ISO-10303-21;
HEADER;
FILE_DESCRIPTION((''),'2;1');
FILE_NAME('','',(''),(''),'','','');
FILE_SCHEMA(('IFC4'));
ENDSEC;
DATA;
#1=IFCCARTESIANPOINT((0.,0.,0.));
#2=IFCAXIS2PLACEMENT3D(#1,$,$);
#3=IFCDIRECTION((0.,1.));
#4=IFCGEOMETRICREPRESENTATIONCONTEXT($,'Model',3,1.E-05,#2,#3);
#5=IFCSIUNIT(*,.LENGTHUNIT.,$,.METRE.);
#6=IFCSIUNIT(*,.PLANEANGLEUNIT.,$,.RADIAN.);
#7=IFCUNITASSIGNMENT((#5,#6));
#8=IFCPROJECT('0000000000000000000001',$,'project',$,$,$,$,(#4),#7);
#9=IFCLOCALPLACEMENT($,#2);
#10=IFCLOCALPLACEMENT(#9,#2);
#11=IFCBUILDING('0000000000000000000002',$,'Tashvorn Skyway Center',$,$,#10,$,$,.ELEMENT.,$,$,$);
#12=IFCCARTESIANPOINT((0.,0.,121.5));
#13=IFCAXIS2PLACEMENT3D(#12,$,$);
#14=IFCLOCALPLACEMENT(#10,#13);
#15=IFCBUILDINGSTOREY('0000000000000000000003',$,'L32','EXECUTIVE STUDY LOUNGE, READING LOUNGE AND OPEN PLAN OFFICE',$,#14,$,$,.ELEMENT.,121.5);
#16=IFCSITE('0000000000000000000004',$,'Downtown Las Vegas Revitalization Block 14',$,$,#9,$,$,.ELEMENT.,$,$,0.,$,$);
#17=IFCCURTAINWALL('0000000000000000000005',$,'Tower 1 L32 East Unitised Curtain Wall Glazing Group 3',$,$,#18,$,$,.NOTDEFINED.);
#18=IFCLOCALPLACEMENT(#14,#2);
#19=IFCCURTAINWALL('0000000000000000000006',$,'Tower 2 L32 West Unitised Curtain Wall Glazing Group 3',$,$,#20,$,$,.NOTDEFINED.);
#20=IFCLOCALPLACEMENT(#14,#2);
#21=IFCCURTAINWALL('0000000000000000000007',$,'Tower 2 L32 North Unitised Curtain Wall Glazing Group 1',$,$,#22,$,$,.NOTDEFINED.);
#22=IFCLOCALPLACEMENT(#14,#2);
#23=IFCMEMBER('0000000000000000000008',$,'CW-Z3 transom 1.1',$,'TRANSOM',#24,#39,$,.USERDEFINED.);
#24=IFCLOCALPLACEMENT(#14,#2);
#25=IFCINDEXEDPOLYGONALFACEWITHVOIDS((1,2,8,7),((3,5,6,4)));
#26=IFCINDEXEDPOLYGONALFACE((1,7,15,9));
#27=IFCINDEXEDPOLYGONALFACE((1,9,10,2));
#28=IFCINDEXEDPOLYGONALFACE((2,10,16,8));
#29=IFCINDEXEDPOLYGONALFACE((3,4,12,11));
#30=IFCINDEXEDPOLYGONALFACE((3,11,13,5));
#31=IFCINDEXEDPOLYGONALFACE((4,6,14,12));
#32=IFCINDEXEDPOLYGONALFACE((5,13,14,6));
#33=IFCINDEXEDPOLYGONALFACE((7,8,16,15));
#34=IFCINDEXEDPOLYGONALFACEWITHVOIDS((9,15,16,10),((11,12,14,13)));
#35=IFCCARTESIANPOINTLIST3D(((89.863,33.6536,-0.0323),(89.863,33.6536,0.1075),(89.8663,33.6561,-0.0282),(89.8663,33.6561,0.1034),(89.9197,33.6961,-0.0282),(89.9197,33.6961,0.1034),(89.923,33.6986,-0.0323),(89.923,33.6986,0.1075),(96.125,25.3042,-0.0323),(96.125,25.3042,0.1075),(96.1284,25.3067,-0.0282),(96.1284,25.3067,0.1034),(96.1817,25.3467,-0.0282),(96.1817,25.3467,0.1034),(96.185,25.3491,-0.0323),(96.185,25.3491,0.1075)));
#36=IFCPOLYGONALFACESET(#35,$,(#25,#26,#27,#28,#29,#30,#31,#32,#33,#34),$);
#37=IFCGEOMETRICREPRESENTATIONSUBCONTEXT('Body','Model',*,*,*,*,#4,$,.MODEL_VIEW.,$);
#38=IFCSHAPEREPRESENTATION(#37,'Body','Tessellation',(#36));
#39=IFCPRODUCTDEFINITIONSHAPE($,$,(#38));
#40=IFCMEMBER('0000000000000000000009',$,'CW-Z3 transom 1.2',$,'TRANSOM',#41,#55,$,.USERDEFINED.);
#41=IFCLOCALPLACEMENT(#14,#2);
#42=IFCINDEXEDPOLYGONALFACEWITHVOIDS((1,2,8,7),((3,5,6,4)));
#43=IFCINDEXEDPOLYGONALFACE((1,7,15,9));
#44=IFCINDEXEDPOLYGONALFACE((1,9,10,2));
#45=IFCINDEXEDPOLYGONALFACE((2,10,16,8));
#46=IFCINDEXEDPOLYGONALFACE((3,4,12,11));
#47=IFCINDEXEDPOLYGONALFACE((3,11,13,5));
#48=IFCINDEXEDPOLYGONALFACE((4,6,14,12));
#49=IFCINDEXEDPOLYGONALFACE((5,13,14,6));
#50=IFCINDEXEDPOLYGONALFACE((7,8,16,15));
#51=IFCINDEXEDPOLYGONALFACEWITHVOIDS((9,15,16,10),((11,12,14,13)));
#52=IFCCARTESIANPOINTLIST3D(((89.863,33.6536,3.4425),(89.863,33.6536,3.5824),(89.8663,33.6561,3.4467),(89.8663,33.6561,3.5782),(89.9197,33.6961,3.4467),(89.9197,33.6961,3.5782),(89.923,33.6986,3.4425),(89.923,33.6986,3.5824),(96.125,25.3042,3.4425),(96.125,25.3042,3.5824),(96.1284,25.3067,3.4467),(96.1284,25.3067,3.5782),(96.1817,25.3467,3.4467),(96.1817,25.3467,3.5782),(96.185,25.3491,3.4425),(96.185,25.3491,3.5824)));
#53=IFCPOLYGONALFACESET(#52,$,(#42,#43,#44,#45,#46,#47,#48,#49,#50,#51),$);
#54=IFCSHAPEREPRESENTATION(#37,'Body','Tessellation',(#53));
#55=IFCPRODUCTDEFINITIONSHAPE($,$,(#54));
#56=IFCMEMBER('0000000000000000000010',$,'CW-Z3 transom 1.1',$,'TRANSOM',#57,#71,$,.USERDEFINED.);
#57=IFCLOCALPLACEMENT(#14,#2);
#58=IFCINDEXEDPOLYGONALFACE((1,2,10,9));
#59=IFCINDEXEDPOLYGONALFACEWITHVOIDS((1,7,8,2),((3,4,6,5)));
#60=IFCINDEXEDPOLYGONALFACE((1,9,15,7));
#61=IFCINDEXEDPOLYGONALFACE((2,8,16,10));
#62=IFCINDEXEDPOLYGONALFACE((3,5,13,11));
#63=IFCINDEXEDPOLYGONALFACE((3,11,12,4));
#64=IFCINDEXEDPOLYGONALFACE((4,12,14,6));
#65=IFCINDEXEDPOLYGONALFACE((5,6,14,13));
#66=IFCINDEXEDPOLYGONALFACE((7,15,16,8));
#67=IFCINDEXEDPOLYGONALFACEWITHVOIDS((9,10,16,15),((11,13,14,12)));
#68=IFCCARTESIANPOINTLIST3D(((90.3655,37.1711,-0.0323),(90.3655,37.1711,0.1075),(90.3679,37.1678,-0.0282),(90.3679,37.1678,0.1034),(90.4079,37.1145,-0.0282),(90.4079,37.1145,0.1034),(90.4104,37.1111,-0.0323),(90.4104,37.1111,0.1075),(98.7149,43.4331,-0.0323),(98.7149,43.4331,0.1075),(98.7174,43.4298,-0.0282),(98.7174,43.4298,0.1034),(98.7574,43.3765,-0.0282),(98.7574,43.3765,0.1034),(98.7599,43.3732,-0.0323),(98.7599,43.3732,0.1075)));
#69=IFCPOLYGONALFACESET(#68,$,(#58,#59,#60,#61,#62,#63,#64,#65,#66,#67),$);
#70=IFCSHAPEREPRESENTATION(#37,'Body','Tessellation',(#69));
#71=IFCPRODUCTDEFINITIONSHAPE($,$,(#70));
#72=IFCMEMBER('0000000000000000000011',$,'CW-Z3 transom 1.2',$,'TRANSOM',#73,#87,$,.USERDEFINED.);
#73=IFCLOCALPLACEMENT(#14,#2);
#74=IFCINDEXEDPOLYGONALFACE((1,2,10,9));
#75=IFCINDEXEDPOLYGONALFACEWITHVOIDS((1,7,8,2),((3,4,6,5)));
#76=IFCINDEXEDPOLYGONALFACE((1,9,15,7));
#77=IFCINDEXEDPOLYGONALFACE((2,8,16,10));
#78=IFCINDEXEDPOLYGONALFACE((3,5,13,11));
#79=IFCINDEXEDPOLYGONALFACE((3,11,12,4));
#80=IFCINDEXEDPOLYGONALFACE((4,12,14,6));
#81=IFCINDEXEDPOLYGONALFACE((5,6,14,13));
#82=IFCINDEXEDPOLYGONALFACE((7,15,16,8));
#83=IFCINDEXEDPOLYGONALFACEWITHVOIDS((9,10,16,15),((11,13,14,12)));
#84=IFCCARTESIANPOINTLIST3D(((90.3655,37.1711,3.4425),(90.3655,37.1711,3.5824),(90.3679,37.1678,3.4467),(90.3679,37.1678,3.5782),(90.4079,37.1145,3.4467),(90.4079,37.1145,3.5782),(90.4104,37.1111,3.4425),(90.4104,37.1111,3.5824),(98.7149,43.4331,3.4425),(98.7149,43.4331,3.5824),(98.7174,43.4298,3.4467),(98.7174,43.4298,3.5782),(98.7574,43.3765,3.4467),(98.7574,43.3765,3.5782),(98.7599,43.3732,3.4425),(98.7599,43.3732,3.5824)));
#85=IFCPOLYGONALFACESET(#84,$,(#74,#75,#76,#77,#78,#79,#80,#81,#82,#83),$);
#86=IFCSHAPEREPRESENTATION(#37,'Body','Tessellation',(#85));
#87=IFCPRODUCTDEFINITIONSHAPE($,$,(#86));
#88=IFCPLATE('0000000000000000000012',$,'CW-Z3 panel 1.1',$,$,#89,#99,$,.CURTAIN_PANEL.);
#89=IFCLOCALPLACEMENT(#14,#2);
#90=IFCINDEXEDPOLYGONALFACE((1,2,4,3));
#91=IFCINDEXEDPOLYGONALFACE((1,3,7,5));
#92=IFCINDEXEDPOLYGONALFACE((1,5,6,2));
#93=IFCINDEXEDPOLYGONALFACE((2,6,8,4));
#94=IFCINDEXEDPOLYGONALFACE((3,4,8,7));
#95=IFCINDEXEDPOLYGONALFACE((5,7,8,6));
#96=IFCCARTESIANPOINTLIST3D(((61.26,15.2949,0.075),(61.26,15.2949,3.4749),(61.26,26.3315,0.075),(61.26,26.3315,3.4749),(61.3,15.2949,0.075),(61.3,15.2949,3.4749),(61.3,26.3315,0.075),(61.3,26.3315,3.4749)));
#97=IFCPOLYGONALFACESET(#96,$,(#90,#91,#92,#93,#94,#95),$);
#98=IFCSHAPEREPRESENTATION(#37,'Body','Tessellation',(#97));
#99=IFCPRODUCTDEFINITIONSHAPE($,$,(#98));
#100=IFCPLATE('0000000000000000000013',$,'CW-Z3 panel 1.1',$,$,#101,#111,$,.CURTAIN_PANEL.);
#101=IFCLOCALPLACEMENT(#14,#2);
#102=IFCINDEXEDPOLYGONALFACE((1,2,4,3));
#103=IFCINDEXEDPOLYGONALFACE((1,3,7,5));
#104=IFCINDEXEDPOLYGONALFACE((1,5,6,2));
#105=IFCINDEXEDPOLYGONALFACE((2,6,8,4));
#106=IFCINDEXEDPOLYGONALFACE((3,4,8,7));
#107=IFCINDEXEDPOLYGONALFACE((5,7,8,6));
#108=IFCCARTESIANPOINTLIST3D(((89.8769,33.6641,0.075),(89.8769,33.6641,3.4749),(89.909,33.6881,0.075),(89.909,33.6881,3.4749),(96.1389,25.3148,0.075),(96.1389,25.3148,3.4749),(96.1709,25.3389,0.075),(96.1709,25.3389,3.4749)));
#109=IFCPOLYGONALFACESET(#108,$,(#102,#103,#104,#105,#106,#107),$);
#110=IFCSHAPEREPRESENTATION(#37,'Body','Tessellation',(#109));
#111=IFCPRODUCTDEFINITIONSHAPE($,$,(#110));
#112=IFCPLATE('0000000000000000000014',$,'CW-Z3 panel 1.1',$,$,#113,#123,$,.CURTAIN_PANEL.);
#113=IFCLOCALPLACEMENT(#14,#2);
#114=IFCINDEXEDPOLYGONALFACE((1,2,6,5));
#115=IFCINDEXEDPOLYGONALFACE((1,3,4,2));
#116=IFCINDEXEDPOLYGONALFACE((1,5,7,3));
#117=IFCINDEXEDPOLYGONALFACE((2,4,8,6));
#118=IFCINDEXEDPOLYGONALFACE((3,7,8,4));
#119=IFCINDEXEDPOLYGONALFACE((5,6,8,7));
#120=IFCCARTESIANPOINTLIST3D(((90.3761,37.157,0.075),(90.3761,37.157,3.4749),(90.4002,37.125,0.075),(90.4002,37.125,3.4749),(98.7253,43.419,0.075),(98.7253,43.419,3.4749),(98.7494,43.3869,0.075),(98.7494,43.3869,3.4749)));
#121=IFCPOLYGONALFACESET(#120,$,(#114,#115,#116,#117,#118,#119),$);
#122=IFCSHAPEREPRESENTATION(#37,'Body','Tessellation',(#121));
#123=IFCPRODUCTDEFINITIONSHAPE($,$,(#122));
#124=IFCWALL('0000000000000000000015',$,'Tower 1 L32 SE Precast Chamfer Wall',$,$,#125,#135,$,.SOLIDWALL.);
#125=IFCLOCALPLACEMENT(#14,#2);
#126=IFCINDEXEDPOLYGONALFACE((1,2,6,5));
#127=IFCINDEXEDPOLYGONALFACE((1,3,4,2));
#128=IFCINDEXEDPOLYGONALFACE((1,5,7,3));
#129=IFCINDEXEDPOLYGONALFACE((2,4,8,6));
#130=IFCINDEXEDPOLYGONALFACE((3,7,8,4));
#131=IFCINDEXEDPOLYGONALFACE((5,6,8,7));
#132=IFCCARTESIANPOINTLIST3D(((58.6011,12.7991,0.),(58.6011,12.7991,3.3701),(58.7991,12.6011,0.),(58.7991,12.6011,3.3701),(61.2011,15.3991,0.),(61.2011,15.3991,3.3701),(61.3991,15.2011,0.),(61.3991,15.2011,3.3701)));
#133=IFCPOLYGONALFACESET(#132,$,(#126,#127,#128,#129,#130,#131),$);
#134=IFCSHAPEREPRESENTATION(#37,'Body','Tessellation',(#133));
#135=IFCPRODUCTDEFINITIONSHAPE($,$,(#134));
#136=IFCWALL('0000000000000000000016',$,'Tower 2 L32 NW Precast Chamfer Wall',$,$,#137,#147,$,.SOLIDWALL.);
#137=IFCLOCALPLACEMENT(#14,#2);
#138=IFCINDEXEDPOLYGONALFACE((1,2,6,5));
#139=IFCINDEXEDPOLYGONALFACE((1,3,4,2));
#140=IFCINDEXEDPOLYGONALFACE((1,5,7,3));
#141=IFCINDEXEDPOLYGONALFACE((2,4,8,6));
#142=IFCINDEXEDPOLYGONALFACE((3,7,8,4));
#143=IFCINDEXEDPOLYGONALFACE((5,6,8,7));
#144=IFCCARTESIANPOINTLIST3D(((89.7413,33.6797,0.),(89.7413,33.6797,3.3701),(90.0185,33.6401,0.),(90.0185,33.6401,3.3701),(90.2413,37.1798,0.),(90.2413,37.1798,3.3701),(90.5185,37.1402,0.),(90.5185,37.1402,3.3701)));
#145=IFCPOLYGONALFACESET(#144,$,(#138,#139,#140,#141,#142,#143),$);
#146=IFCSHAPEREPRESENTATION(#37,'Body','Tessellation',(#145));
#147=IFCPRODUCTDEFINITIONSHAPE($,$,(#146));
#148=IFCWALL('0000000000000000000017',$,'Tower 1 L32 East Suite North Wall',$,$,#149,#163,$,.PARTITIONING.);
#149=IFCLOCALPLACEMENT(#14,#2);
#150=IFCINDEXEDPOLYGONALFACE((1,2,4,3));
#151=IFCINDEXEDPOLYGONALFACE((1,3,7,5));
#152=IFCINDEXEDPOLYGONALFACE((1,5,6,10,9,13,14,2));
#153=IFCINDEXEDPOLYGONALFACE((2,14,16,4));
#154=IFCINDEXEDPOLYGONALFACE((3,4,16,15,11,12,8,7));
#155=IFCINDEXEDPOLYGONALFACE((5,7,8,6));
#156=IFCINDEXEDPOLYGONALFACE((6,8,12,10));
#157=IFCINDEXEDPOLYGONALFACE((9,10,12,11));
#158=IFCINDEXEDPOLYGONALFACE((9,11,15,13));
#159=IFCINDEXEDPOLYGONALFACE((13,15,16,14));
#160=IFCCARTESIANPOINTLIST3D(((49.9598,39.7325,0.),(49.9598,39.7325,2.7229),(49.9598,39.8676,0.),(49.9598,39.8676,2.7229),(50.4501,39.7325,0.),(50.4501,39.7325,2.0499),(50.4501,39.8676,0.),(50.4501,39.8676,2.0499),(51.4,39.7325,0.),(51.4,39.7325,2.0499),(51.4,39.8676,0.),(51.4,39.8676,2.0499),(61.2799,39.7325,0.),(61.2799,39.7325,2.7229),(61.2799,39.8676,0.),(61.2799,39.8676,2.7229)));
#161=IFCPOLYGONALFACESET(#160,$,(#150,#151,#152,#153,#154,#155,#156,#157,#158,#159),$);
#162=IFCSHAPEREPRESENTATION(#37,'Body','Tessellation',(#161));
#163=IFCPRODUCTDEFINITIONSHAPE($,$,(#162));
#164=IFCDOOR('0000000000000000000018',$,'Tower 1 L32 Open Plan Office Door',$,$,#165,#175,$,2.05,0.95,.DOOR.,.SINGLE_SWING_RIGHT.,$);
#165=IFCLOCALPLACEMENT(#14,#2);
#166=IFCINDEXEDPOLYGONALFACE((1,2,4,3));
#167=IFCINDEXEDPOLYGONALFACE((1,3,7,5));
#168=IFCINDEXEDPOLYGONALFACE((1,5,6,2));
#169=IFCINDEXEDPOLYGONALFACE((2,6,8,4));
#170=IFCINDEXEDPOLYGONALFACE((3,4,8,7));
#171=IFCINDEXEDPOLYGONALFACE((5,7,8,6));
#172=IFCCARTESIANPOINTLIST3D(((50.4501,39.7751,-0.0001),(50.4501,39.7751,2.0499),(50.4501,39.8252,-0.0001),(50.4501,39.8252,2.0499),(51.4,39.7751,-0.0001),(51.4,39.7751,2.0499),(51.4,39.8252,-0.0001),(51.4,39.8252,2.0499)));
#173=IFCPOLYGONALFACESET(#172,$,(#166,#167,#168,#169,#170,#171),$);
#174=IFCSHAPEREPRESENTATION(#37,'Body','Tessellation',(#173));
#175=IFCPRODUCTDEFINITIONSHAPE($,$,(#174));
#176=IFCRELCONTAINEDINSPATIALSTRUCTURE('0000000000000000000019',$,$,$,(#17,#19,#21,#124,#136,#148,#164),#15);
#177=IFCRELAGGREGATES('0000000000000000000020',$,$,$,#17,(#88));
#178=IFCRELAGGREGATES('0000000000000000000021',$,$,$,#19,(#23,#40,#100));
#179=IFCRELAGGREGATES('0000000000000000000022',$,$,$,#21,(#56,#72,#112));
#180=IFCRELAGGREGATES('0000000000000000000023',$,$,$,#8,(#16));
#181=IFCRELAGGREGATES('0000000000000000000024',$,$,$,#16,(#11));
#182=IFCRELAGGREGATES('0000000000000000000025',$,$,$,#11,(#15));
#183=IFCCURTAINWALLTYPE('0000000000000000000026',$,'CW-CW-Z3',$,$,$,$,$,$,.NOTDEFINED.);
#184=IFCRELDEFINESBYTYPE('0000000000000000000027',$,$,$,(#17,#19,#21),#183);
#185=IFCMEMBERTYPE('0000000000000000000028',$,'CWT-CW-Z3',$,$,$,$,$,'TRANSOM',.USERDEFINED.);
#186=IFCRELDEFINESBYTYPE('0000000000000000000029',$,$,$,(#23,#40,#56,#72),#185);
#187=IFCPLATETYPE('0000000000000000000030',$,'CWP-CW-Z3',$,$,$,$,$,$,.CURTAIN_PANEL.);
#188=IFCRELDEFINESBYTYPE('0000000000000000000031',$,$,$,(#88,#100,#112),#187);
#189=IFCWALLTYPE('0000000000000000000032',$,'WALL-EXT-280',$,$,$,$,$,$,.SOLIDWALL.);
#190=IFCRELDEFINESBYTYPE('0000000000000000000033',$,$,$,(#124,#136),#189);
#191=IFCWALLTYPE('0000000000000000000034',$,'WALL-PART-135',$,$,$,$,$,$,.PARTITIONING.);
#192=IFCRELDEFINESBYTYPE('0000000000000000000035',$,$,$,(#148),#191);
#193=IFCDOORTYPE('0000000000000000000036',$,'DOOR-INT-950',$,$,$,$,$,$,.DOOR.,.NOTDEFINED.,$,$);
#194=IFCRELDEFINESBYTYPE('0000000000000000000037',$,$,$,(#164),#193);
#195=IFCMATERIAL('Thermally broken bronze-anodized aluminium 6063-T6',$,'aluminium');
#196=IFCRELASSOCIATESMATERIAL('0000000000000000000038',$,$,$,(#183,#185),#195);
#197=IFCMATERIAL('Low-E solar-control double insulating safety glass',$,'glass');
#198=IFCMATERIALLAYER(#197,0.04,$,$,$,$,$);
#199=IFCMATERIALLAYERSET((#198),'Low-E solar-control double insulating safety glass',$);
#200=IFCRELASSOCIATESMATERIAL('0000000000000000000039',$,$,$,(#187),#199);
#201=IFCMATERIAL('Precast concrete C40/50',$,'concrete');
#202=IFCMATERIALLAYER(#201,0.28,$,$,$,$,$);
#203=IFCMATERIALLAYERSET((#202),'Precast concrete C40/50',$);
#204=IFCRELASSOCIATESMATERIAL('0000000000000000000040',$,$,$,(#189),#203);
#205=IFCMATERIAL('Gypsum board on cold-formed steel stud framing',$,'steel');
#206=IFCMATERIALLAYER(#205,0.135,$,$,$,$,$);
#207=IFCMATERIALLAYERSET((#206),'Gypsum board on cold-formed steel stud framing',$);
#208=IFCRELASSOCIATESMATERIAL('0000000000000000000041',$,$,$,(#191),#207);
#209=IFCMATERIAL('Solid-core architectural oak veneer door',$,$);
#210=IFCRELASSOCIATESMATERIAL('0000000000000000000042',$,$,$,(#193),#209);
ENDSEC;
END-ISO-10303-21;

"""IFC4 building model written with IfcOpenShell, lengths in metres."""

from ifc_helpers import new_model, si_unit, direction, frame, frame_2d, origin, origin_2d, place, context, subcontext, project, spatial, rectangle, hollow_rectangle, extrude, material, layer, layer_set, material_profile, profile_set, type_object, element, fill, aggregate, save


model = new_model("IFC4")

# Units and contexts
model_context = context("Model", 3, precision=1e-05, world=origin(), true_north=direction((0.0, 1.0)))
body_context = subcontext(model_context, "Body", "Model", "MODEL_VIEW")
ifc_project = project(units=[si_unit("LENGTHUNIT", "METRE"), si_unit("PLANEANGLEUNIT", "RADIAN")], contexts=[model_context])

# Site, building, storey
site_placement = place(None, origin())
site = spatial("IfcSite", under=ifc_project, at=site_placement, Name="Downtown Las Vegas Revitalization Block 14", CompositionType="ELEMENT", RefElevation=0.0)
building_placement = place(site_placement, origin())
building = spatial("IfcBuilding", under=site, at=building_placement, Name="Tashvorn Skyway Center", CompositionType="ELEMENT")
storey_placement = place(building_placement, frame((0.0, 0.0, 121.5)))
storey = spatial("IfcBuildingStorey", under=building, at=storey_placement, Name="L32", Description="EXECUTIVE STUDY LOUNGE, READING LOUNGE AND OPEN PLAN OFFICE", CompositionType="ELEMENT", Elevation=121.5)

# Curtain walls
ifc_material_1 = material(Name="Thermally broken bronze-anodized aluminium 6063-T6", Category="aluminium")
curtain_wall_type = type_object("IfcCurtainWallType", Name="CW-CW-Z3", PredefinedType="NOTDEFINED", material=ifc_material_1)
curtain_wall_1_placement = place(storey_placement, origin())
curtain_wall_1 = element("IfcCurtainWall", 1, at=curtain_wall_1_placement, inside=storey, type_object=curtain_wall_type, Name="Tower 1 L32 East Unitised Curtain Wall Glazing Group 3", PredefinedType="NOTDEFINED")
curtain_wall_2_placement = place(storey_placement, origin())
curtain_wall_2 = element("IfcCurtainWall", 2, at=curtain_wall_2_placement, inside=storey, type_object=curtain_wall_type, Name="Tower 2 L32 West Unitised Curtain Wall Glazing Group 3", PredefinedType="NOTDEFINED")

# Curtain wall
curtain_wall_3_placement = place(storey_placement, origin())
curtain_wall_3 = element("IfcCurtainWall", 3, at=curtain_wall_3_placement, inside=storey, type_object=curtain_wall_type, Name="Tower 2 L32 North Unitised Curtain Wall Glazing Group 1", PredefinedType="NOTDEFINED")

# Members
ifc_material_profile_1 = material_profile(ifc_material_1, hollow_rectangle(XDim=0.075, YDim=0.1399, WallThickness=0.0042, at=origin_2d()), Name="ALU-TRAN-75x140")
ifc_profile_set_1 = profile_set([ifc_material_profile_1], Name="Thermally broken bronze-anodized aluminium 6063-T6")
member_type_1 = type_object("IfcMemberType", Name="CWT-CW-Z3", ElementType="TRANSOM", PredefinedType="USERDEFINED", material=ifc_profile_set_1)
member_1_placement = place(storey_placement, frame((96.155, 25.3267, 0.0376), z_axis=(-0.599996, 0.800003, 0.0), x_axis=(-0.800003, -0.599996, 0.0)))
member_1 = element("IfcMember", 4, at=member_1_placement, type_object=member_type_1, Name="CW-Z3 transom 1.1", ObjectType="TRANSOM", PredefinedType="USERDEFINED", context=body_context, shape_type="SweptSolid", body=[
    extrude(hollow_rectangle(XDim=0.075, YDim=0.1399, WallThickness=0.0042, at=origin_2d()), origin(), (0.0, 0.0, 1.0), 10.4368),
])
member_2_placement = place(storey_placement, frame((96.155, 25.3267, 3.5125), z_axis=(-0.599996, 0.800003, 0.0), x_axis=(-0.800003, -0.599996, 0.0)))
member_2 = element("IfcMember", 5, at=member_2_placement, type_object=member_type_1, Name="CW-Z3 transom 1.2", ObjectType="TRANSOM", PredefinedType="USERDEFINED", context=body_context, shape_type="SweptSolid", body=[
    extrude(hollow_rectangle(XDim=0.075, YDim=0.1399, WallThickness=0.0042, at=origin_2d()), origin(), (0.0, 0.0, 1.0), 10.4368),
])
member_3_placement = place(storey_placement, frame((90.3879, 37.1411, 0.0376), z_axis=(0.800003, 0.599996, 0.0), x_axis=(-0.599996, 0.800003, 0.0)))
member_3 = element("IfcMember", 6, at=member_3_placement, type_object=member_type_1, Name="CW-Z3 transom 1.1", ObjectType="TRANSOM", PredefinedType="USERDEFINED", context=body_context, shape_type="SweptSolid", body=[
    extrude(hollow_rectangle(XDim=0.075, YDim=0.1399, WallThickness=0.0042, at=origin_2d()), origin(), (0.0, 0.0, 1.0), 10.4368),
])
member_4_placement = place(storey_placement, frame((90.3879, 37.1411, 3.5125), z_axis=(0.800003, 0.599996, 0.0), x_axis=(-0.599996, 0.800003, 0.0)))
member_4 = element("IfcMember", 7, at=member_4_placement, type_object=member_type_1, Name="CW-Z3 transom 1.2", ObjectType="TRANSOM", PredefinedType="USERDEFINED", context=body_context, shape_type="SweptSolid", body=[
    extrude(hollow_rectangle(XDim=0.075, YDim=0.1399, WallThickness=0.0042, at=origin_2d()), origin(), (0.0, 0.0, 1.0), 10.4368),
])

# Plates
ifc_material_2 = material(Name="Low-E solar-control double insulating safety glass", Category="glass")
ifc_layer_1 = layer(ifc_material_2, 0.04)
ifc_layer_set_1 = layer_set([ifc_layer_1], Name="Low-E solar-control double insulating safety glass")
plate_type = type_object("IfcPlateType", Name="CWP-CW-Z3", PredefinedType="CURTAIN_PANEL", material=ifc_layer_set_1)
plate_1_placement = place(storey_placement, frame((61.28, 20.8132, 0.075), z_axis=(0.0, 0.0, 1.0), x_axis=(0.0, -1.0, 0.0)))
plate_1 = element("IfcPlate", 8, at=plate_1_placement, type_object=plate_type, Name="CW-Z3 panel 1.1", PredefinedType="CURTAIN_PANEL", context=body_context, shape_type="SweptSolid", body=[
    extrude(rectangle(XDim=11.0366, YDim=0.04, at=origin_2d()), origin(), (0.0, 0.0, 1.0), 3.3999),
])
aggregate(curtain_wall_1, [plate_1])
plate_2_placement = place(storey_placement, frame((93.0239, 29.5015, 0.075), z_axis=(0.0, 0.0, 1.0), x_axis=(-0.600002, 0.799999, 0.0)))
plate_2 = element("IfcPlate", 9, at=plate_2_placement, type_object=plate_type, Name="CW-Z3 panel 1.1", PredefinedType="CURTAIN_PANEL", context=body_context, shape_type="SweptSolid", body=[
    extrude(rectangle(XDim=10.4365, YDim=0.04, at=origin_2d()), origin(), (0.0, 0.0, 1.0), 3.3999),
])
aggregate(curtain_wall_2, [member_1, member_2, plate_2])
plate_3_placement = place(storey_placement, frame((94.5627, 40.272, 0.075), z_axis=(0.0, 0.0, 1.0), x_axis=(0.799999, 0.600002, 0.0)))
plate_3 = element("IfcPlate", 10, at=plate_3_placement, type_object=plate_type, Name="CW-Z3 panel 1.1", PredefinedType="CURTAIN_PANEL", context=body_context, shape_type="SweptSolid", body=[
    extrude(rectangle(XDim=10.4365, YDim=0.04, at=origin_2d()), origin(), (0.0, 0.0, 1.0), 3.3999),
])
aggregate(curtain_wall_3, [member_3, member_4, plate_3])

# Walls
ifc_material_3 = material(Name="Precast concrete C40/50", Category="concrete")
ifc_layer_2 = layer(ifc_material_3, 0.28)
ifc_layer_set_2 = layer_set([ifc_layer_2], Name="Precast concrete C40/50")
wall_type_1 = type_object("IfcWallType", Name="WALL-EXT-280", PredefinedType="SOLIDWALL", material=ifc_layer_set_2)
wall_1_placement = place(storey_placement, frame((61.3, 15.3, 0.0), z_axis=(0.0, 0.0, 1.0), x_axis=(-0.707107, -0.707107, 0.0)))
element("IfcWall", 11, at=wall_1_placement, inside=storey, type_object=wall_type_1, Name="Tower 1 L32 SE Precast Chamfer Wall", PredefinedType="SOLIDWALL", context=body_context, shape_type="SweptSolid", body=[
    extrude(rectangle(XDim=3.677, YDim=0.28, at=frame_2d((1.8384, 0.0))), origin(), (0.0, 0.0, 1.0), 3.3701),
])
wall_2_placement = place(storey_placement, frame((89.8799, 33.6599, 0.0), z_axis=(0.0, 0.0, 1.0), x_axis=(0.141421, 0.989949, 0.0)))
element("IfcWall", 12, at=wall_2_placement, inside=storey, type_object=wall_type_1, Name="Tower 2 L32 NW Precast Chamfer Wall", PredefinedType="SOLIDWALL", context=body_context, shape_type="SweptSolid", body=[
    extrude(rectangle(XDim=3.5356, YDim=0.28, at=frame_2d((1.7678, 0.0))), origin(), (0.0, 0.0, 1.0), 3.3701),
])

# Wall, opening, door
ifc_material_4 = material(Name="Gypsum board on cold-formed steel stud framing", Category="steel")
ifc_layer_3 = layer(ifc_material_4, 0.135)
ifc_layer_set_3 = layer_set([ifc_layer_3], Name="Gypsum board on cold-formed steel stud framing")
wall_type_2 = type_object("IfcWallType", Name="WALL-PART-135", PredefinedType="PARTITIONING", material=ifc_layer_set_3)
wall_3_placement = place(storey_placement, frame((61.28, 39.8, 0.0), z_axis=(0.0, 0.0, 1.0), x_axis=(-1.0, 0.0, 0.0)))
wall_3 = element("IfcWall", 13, at=wall_3_placement, inside=storey, type_object=wall_type_2, Name="Tower 1 L32 East Suite North Wall", PredefinedType="PARTITIONING", context=body_context, shape_type="SweptSolid", body=[
    extrude(rectangle(XDim=11.3201, YDim=0.135, at=frame_2d((5.6602, 0.0))), origin(), (0.0, 0.0, 1.0), 2.7229),
])
opening_1_placement = place(wall_3_placement, frame((9.8799, 0.0, 0.0)))
opening_1 = element("IfcOpeningElement", 14, at=opening_1_placement, cuts=wall_3, PredefinedType="OPENING", context=body_context, shape_type="SweptSolid", body=[
    extrude(rectangle(XDim=0.95, YDim=2.05, at=frame_2d((0.4751, 1.0249))), frame((0.0, 0.0774, 0.0), z_axis=(0.0, -1.0, 0.0), x_axis=(1.0, 0.0, 0.0)), (0.0, 0.0, 1.0), 0.155),
])
ifc_material_5 = material(Name="Solid-core architectural oak veneer door")
door_type = type_object("IfcDoorType", Name="DOOR-INT-950", OperationType="NOTDEFINED", PredefinedType="DOOR", material=ifc_material_5)
door_1_placement = place(opening_1_placement, origin())
door_1 = element("IfcDoor", 15, at=door_1_placement, inside=storey, type_object=door_type, Name="Tower 1 L32 Open Plan Office Door", OperationType="SINGLE_SWING_RIGHT", OverallHeight=2.05, OverallWidth=0.95, PredefinedType="DOOR", context=body_context, shape_type="SweptSolid", body=[
    extrude(rectangle(XDim=0.95, YDim=2.05, at=frame_2d((0.4751, 1.0249))), frame((0.0, 0.0249, 0.0), z_axis=(0.0, -1.0, 0.0), x_axis=(1.0, 0.0, 0.0)), (0.0, 0.0, 1.0), 0.05),
])
fill(opening_1, door_1)

save(model, "model.ifc")
